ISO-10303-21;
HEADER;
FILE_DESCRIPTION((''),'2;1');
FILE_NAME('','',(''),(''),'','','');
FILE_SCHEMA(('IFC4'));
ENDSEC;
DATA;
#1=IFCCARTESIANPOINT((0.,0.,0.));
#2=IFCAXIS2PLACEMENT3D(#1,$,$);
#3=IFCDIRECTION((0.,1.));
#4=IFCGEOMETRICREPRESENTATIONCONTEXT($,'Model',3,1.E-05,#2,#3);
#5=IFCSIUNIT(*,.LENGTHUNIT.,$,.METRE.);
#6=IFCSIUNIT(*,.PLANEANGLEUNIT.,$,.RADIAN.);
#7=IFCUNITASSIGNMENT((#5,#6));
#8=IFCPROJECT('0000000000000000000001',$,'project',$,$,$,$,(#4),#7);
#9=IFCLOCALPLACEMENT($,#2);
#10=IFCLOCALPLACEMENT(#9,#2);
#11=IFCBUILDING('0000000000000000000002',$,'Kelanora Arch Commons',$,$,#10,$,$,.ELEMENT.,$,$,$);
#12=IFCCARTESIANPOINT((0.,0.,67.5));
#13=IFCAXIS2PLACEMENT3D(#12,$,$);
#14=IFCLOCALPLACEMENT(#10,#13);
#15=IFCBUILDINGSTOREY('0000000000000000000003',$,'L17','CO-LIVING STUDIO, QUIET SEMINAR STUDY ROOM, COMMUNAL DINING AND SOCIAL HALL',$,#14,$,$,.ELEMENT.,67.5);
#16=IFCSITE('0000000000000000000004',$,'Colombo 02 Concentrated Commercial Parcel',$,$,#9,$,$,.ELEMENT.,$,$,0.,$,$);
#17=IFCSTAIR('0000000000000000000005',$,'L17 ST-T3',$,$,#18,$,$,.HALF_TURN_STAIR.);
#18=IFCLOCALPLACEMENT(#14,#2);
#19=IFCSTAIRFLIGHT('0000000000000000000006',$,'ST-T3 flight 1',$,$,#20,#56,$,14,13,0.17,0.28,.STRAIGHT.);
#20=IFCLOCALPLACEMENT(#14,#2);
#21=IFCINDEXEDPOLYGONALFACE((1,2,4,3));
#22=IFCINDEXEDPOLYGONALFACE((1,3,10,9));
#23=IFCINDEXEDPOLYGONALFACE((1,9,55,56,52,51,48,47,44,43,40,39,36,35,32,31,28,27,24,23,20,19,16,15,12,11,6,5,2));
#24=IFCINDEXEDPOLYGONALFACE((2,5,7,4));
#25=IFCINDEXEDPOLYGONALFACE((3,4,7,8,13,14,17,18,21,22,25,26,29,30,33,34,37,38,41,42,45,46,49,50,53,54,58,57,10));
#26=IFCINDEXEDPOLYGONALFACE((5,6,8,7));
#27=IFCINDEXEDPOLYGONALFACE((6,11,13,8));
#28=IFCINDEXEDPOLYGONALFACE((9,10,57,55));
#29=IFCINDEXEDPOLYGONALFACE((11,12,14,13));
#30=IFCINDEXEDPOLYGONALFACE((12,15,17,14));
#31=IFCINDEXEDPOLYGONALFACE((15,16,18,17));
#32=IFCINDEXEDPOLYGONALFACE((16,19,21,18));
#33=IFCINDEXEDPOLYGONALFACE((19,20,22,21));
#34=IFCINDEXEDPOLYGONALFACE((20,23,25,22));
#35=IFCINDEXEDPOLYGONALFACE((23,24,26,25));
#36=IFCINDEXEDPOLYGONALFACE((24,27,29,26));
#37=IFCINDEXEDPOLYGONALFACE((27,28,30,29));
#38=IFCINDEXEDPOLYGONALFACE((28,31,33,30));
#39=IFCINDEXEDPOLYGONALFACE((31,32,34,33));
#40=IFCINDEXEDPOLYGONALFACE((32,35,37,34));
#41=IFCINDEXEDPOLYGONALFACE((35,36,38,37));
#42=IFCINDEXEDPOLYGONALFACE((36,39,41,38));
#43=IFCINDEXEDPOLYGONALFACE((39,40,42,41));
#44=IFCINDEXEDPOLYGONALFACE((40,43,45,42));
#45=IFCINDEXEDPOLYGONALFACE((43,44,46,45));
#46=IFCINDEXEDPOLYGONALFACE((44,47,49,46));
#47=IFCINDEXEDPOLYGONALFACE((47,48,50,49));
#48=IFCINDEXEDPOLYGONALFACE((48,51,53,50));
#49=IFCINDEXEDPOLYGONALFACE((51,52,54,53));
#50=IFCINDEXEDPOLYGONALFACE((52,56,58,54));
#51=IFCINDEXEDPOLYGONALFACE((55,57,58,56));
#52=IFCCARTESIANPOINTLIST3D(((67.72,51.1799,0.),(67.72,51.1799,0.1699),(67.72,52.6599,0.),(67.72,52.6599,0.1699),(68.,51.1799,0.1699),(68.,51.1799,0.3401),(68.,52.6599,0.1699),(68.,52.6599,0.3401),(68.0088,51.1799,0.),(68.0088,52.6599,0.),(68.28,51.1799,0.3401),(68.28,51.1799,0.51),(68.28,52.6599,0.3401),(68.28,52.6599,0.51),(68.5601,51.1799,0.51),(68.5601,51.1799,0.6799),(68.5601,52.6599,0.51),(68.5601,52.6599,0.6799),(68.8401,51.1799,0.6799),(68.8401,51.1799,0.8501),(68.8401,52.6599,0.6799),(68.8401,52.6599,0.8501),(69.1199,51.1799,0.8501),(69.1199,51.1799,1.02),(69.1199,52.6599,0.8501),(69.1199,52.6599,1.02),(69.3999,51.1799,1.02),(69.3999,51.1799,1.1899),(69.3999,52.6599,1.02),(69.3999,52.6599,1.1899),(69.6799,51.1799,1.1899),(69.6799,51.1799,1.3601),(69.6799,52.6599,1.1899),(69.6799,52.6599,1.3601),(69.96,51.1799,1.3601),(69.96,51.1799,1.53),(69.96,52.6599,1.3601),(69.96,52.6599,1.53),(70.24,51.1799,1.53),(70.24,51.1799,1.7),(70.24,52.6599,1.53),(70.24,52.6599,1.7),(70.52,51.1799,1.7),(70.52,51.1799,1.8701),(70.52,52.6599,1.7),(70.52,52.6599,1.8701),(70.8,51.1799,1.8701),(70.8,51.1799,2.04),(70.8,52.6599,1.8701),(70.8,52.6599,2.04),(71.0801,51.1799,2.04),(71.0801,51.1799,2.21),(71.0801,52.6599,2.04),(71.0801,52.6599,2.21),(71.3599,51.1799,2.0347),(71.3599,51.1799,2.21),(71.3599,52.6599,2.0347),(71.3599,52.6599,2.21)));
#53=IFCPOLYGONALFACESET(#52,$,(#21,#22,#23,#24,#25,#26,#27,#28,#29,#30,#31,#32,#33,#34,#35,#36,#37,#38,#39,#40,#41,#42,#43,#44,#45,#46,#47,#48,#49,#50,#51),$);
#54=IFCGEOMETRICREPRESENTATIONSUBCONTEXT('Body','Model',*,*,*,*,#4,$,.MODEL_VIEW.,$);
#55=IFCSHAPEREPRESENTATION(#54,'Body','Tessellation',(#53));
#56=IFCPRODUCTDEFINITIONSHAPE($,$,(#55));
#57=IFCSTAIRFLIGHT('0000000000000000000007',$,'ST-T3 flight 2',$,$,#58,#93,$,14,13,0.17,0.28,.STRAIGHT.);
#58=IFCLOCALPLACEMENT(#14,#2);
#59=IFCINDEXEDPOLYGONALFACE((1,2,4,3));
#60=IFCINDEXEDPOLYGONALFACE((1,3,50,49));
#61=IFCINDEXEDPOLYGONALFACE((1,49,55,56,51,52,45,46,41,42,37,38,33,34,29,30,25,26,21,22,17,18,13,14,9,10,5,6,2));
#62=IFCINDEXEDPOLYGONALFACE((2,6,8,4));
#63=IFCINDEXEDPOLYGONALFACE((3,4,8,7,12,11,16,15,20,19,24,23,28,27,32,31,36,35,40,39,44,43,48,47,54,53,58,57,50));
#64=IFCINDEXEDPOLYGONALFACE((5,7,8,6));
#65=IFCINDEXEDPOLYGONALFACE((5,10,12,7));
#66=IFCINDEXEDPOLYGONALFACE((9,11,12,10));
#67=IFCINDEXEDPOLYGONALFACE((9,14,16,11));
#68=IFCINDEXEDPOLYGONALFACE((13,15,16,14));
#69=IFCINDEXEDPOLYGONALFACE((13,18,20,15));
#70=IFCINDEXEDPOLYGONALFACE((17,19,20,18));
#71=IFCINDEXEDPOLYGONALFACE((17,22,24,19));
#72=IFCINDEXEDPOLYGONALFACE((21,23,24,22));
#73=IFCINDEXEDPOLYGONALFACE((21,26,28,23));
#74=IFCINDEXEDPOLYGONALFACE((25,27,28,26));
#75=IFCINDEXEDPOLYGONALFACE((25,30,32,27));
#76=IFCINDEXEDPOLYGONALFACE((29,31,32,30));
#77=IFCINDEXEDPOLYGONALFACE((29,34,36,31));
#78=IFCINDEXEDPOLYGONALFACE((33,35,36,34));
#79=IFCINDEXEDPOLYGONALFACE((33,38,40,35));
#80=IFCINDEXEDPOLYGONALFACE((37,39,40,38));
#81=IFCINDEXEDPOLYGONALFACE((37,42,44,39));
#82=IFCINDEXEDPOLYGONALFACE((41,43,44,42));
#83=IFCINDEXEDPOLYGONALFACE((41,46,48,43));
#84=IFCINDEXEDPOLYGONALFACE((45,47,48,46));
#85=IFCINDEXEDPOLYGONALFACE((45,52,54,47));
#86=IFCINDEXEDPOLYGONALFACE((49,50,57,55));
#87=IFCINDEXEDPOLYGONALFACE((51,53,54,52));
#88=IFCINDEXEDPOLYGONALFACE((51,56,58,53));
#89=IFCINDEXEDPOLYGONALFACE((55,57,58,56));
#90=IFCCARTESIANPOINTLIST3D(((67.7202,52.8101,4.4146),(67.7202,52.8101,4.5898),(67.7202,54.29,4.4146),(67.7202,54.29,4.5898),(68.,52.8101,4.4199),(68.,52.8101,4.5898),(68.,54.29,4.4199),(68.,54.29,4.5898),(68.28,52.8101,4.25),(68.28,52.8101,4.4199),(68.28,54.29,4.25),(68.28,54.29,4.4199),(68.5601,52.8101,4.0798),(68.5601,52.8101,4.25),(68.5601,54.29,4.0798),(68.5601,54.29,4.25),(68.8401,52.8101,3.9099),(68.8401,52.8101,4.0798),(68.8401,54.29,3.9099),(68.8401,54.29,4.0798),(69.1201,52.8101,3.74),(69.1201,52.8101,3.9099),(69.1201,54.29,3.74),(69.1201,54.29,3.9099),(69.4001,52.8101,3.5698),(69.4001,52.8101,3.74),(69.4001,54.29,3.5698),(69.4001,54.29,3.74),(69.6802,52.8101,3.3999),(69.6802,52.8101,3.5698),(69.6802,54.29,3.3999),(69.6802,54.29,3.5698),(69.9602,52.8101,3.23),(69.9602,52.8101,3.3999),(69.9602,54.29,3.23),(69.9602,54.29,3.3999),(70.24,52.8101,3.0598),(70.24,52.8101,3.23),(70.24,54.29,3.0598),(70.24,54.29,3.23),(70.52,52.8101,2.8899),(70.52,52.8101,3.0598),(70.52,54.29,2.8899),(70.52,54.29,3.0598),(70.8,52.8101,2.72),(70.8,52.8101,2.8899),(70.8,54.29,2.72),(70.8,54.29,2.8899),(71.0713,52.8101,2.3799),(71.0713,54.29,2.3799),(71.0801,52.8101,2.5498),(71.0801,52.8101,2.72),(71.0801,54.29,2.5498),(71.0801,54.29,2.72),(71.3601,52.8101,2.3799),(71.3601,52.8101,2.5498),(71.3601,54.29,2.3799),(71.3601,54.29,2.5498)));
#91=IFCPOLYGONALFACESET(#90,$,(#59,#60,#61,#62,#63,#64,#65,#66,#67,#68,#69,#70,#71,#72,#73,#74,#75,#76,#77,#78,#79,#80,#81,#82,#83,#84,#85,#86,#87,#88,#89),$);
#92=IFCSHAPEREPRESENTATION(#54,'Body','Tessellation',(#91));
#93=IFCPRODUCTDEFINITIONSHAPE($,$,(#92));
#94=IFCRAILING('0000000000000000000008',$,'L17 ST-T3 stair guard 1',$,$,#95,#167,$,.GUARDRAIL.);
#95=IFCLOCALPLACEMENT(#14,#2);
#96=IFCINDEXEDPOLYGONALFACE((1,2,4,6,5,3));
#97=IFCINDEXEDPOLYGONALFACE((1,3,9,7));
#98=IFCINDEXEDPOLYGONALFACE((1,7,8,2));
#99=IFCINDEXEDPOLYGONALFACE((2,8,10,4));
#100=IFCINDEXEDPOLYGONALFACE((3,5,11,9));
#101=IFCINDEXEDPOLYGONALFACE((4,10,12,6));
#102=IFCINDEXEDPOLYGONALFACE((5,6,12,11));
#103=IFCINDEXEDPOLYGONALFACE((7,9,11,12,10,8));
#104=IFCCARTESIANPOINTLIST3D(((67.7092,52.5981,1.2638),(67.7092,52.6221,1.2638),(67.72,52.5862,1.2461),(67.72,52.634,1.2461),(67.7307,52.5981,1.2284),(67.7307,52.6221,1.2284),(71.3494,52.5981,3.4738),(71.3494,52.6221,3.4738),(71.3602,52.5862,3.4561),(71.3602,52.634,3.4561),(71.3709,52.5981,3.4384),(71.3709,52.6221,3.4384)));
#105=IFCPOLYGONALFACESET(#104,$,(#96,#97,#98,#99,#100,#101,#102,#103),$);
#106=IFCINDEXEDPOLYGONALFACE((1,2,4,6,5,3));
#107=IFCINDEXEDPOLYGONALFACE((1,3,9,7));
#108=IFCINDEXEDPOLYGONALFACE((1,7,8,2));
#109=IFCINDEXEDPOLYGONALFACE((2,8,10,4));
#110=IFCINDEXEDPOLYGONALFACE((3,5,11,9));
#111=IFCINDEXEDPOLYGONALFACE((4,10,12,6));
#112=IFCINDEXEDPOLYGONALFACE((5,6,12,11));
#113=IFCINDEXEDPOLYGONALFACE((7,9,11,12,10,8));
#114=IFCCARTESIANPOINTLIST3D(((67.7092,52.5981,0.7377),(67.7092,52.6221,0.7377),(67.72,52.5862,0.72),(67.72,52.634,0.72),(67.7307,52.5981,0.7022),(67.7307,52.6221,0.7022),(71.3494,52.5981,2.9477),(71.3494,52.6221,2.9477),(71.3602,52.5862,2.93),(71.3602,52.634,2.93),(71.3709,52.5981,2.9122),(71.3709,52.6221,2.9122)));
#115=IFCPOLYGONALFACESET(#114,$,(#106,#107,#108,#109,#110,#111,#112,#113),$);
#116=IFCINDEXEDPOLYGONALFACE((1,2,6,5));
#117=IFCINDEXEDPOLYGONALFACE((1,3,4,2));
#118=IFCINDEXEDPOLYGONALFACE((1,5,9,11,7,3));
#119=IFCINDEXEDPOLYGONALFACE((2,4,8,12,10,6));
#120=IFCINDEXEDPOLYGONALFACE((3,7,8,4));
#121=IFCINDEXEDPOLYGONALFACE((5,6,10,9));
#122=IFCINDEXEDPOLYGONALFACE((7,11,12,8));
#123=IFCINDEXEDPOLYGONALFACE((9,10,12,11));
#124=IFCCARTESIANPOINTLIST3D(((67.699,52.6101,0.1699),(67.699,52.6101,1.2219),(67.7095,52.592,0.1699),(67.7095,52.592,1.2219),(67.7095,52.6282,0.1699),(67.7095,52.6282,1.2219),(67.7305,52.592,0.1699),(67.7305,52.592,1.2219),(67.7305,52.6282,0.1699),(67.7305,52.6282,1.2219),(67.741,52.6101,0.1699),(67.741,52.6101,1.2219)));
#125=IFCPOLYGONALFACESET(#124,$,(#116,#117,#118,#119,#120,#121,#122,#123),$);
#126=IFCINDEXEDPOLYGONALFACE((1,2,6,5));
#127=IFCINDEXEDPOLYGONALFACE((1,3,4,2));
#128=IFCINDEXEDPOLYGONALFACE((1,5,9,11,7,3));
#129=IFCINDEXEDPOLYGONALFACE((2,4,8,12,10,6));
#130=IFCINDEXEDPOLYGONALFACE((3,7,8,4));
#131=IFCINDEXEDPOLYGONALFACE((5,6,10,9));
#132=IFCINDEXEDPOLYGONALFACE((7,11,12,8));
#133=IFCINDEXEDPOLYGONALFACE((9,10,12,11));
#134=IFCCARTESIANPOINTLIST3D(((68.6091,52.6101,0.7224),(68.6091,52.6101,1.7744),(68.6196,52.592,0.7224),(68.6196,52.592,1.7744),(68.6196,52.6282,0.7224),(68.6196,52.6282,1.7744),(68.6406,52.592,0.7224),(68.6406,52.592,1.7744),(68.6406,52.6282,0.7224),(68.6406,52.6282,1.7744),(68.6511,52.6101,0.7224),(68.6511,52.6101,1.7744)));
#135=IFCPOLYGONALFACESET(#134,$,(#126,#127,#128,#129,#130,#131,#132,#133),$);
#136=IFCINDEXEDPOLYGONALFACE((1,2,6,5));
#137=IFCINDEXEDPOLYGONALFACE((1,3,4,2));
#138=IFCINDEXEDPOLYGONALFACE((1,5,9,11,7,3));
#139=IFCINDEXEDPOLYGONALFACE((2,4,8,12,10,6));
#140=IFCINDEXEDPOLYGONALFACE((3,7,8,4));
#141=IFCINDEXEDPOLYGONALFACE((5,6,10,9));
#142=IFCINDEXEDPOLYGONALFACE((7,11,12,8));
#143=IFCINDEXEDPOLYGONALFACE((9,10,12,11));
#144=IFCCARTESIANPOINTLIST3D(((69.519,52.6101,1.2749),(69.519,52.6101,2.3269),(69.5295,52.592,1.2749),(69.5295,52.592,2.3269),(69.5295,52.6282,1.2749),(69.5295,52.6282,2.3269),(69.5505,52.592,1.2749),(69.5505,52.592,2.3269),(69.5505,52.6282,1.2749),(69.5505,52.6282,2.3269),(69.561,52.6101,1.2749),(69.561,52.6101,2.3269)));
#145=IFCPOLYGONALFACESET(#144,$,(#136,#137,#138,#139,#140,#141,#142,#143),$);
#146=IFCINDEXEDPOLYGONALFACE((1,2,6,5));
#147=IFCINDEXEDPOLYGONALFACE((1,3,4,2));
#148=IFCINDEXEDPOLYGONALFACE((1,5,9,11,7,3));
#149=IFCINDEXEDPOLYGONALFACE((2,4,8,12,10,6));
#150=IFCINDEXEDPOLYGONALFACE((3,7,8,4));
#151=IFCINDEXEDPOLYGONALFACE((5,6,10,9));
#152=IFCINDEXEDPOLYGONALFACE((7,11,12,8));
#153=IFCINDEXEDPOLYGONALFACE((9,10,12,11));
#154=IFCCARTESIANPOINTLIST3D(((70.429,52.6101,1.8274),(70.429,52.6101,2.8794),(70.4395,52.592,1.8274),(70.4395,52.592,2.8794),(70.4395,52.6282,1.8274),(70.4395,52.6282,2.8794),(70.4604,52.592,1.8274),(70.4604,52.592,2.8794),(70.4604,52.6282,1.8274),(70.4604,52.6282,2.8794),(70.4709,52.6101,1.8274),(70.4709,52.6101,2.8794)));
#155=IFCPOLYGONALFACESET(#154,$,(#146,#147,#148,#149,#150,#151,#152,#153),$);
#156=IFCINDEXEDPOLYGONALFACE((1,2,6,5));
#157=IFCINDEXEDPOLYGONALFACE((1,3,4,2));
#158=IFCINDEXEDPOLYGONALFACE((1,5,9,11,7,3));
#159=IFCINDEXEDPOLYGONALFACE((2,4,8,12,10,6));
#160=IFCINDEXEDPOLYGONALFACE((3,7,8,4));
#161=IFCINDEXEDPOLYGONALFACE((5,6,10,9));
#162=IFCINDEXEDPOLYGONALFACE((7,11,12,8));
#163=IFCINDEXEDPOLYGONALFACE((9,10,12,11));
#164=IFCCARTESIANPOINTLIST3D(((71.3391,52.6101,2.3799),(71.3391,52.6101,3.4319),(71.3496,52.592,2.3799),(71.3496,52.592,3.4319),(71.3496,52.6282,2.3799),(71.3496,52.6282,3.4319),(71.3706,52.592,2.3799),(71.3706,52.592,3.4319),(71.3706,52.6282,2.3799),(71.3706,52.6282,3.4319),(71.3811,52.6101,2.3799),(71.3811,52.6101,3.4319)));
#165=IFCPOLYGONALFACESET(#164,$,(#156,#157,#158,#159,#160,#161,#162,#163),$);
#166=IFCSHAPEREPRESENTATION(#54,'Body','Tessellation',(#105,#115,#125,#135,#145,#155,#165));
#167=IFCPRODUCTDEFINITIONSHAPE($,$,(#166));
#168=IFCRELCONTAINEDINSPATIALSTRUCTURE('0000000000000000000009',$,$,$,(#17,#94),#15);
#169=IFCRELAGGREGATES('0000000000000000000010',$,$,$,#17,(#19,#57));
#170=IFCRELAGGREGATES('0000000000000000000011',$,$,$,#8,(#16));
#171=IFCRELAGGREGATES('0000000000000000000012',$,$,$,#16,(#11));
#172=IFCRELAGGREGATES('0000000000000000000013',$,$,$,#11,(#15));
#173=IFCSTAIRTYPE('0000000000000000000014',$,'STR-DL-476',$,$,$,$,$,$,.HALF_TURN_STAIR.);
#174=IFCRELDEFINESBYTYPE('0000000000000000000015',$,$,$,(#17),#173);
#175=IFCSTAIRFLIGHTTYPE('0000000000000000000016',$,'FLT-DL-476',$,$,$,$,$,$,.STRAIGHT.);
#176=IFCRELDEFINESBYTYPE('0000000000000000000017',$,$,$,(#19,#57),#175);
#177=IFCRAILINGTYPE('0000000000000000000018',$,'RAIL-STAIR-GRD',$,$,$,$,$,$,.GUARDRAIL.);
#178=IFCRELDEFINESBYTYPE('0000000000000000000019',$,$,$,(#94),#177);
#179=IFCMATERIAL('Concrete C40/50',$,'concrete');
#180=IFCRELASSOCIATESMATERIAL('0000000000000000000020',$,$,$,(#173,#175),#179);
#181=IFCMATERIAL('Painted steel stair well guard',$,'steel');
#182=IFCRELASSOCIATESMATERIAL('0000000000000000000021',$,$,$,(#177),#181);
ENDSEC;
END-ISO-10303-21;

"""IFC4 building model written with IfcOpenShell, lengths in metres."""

from ifc_helpers import new_model, si_unit, direction, frame, origin, place, context, subcontext, project, spatial, polyline, outline, extrude, material, type_object, element, aggregate, save


model = new_model("IFC4")

# Units and contexts
model_context = context("Model", 3, precision=1e-05, world=origin(), true_north=direction((0.0, 1.0)))
body_context = subcontext(model_context, "Body", "Model", "MODEL_VIEW")
ifc_project = project(units=[si_unit("LENGTHUNIT", "METRE"), si_unit("PLANEANGLEUNIT", "RADIAN")], contexts=[model_context])

# Site, building, storey
site_placement = place(None, origin())
site = spatial("IfcSite", under=ifc_project, at=site_placement, Name="Colombo 02 Concentrated Commercial Parcel", CompositionType="ELEMENT", RefElevation=0.0)
building_placement = place(site_placement, origin())
building = spatial("IfcBuilding", under=site, at=building_placement, Name="Kelanora Arch Commons", CompositionType="ELEMENT")
storey_placement = place(building_placement, frame((0.0, 0.0, 67.5)))
storey = spatial("IfcBuildingStorey", under=building, at=storey_placement, Name="L17", Description="CO-LIVING STUDIO, QUIET SEMINAR STUDY ROOM, COMMUNAL DINING AND SOCIAL HALL", CompositionType="ELEMENT", Elevation=67.5)

# Shared definitions
ifc_material_1 = material(Name="Concrete C40/50", Category="concrete")

# Stair, stair flights
stair_type = type_object("IfcStairType", Name="STR-DL-476", PredefinedType="HALF_TURN_STAIR", material=ifc_material_1)
stair_placement = place(storey_placement, origin())
stair = element("IfcStair", 1, at=stair_placement, inside=storey, type_object=stair_type, Name="L17 ST-T3", PredefinedType="HALF_TURN_STAIR")
stair_flight_type = type_object("IfcStairFlightType", Name="FLT-DL-476", PredefinedType="STRAIGHT", material=ifc_material_1)
stair_flight_1_placement = place(storey_placement, frame((67.72, 51.9199, 0.0), z_axis=(0.0, 0.0, 1.0), x_axis=(1.0, 0.0, 0.0)))
stair_flight_1 = element("IfcStairFlight", 2, at=stair_flight_1_placement, type_object=stair_flight_type, Name="ST-T3 flight 1", NumberOfRisers=14, NumberOfTreads=13, PredefinedType="STRAIGHT", RiserHeight=0.17, TreadLength=0.28, context=body_context, shape_type="SweptSolid", body=[
    extrude(outline(polyline([(0.0, 0.0), (0.0, 0.1699), (0.28, 0.1699), (0.28, 0.3401), (0.5601, 0.3401), (0.5601, 0.51), (0.8401, 0.51), (0.8401, 0.6799), (1.1201, 0.6799), (1.1201, 0.8501), (1.3999, 0.8501), (1.3999, 1.02), (1.6799, 1.02), (1.6799, 1.1899), (1.96, 1.1899), (1.96, 1.3601), (2.24, 1.3601), (2.24, 1.53), (2.52, 1.53), (2.52, 1.7), (2.8, 1.7), (2.8, 1.8701), (3.0801, 1.8701), (3.0801, 2.04), (3.3601, 2.04), (3.3601, 2.21), (3.6399, 2.21), (3.6399, 2.3799), (3.6399, 2.0347), (0.2888, 0.0), (0.0, 0.0)])), frame((0.0, 0.74, 0.0), z_axis=(0.0, -1.0, 0.0), x_axis=(1.0, 0.0, 0.0)), (0.0, 0.0, 1.0), 1.48),
])
stair_flight_2_placement = place(storey_placement, frame((71.3601, 53.55, 2.3799), z_axis=(0.0, 0.0, 1.0), x_axis=(-1.0, 0.0, 0.0)))
stair_flight_2 = element("IfcStairFlight", 3, at=stair_flight_2_placement, type_object=stair_flight_type, Name="ST-T3 flight 2", NumberOfRisers=14, NumberOfTreads=13, PredefinedType="STRAIGHT", RiserHeight=0.17, TreadLength=0.28, context=body_context, shape_type="SweptSolid", body=[
    extrude(outline(polyline([(0.0, 0.0), (0.0, 0.1699), (0.28, 0.1699), (0.28, 0.3401), (0.5601, 0.3401), (0.5601, 0.51), (0.8401, 0.51), (0.8401, 0.6799), (1.1201, 0.6799), (1.1201, 0.8501), (1.3999, 0.8501), (1.3999, 1.02), (1.6799, 1.02), (1.6799, 1.1899), (1.96, 1.1899), (1.96, 1.3601), (2.24, 1.3601), (2.24, 1.53), (2.52, 1.53), (2.52, 1.7), (2.8, 1.7), (2.8, 1.8701), (3.0801, 1.8701), (3.0801, 2.04), (3.3601, 2.04), (3.3601, 2.21), (3.6399, 2.21), (3.6399, 2.3799), (3.6399, 2.0347), (0.2888, 0.0), (0.0, 0.0)])), frame((0.0, 0.74, 0.0), z_axis=(0.0, -1.0, 0.0), x_axis=(1.0, 0.0, 0.0)), (0.0, 0.0, 1.0), 1.48),
])
aggregate(stair, [stair_flight_1, stair_flight_2])

# Railing
ifc_material_2 = material(Name="Painted steel stair well guard", Category="steel")
railing_type_1 = type_object("IfcRailingType", Name="RAIL-STAIR-GRD", PredefinedType="GUARDRAIL", material=ifc_material_2)
railing_1_placement = place(storey_placement, frame((67.72, 52.6101, 0.1699)))
element("IfcRailing", 4, at=railing_1_placement, inside=storey, type_object=railing_type_1, Name="L17 ST-T3 stair guard 1", PredefinedType="GUARDRAIL", context=body_context, shape_type="SweptSolid", body=[
    extrude(outline(polyline([(0.0239, 0.0), (0.012, 0.0208), (-0.012, 0.0208), (-0.0239, 0.0), (-0.012, -0.0208), (0.012, -0.0208), (0.0239, 0.0)])), frame((0.0, 0.0, 1.0762), z_axis=(0.8548, 0.0, 0.518957), x_axis=(0.0, 1.0, 0.0)), (0.0, 0.0, 1.0), 4.2585),
    extrude(outline(polyline([(0.0239, 0.0), (0.012, 0.0208), (-0.012, 0.0208), (-0.0239, 0.0), (-0.012, -0.0208), (0.012, -0.0208), (0.0239, 0.0)])), frame((0.0, 0.0, 0.55), z_axis=(0.8548, 0.0, 0.518957), x_axis=(0.0, 1.0, 0.0)), (0.0, 0.0, 1.0), 4.2585),
    extrude(outline(polyline([(0.021, 0.0), (0.0105, 0.0181), (-0.0105, 0.0181), (-0.021, 0.0), (-0.0105, -0.0181), (0.0105, -0.0181), (0.021, 0.0)])), origin(), (0.0, 0.0, 1.0), 1.052),
    extrude(outline(polyline([(0.021, 0.0), (0.0105, 0.0181), (-0.0105, 0.0181), (-0.021, 0.0), (-0.0105, -0.0181), (0.0105, -0.0181), (0.021, 0.0)])), frame((0.9102, 0.0, 0.5525)), (0.0, 0.0, 1.0), 1.052),
    extrude(outline(polyline([(0.021, 0.0), (0.0105, 0.0181), (-0.0105, 0.0181), (-0.021, 0.0), (-0.0105, -0.0181), (0.0105, -0.0181), (0.021, 0.0)])), frame((1.8201, 0.0, 1.105)), (0.0, 0.0, 1.0), 1.052),
    extrude(outline(polyline([(0.021, 0.0), (0.0105, 0.0181), (-0.0105, 0.0181), (-0.021, 0.0), (-0.0105, -0.0181), (0.0105, -0.0181), (0.021, 0.0)])), frame((2.73, 0.0, 1.6575)), (0.0, 0.0, 1.0), 1.052),
    extrude(outline(polyline([(0.021, 0.0), (0.0105, 0.0181), (-0.0105, 0.0181), (-0.021, 0.0), (-0.0105, -0.0181), (0.0105, -0.0181), (0.021, 0.0)])), frame((3.6401, 0.0, 2.21)), (0.0, 0.0, 1.0), 1.052),
])

save(model, "model.ifc")
